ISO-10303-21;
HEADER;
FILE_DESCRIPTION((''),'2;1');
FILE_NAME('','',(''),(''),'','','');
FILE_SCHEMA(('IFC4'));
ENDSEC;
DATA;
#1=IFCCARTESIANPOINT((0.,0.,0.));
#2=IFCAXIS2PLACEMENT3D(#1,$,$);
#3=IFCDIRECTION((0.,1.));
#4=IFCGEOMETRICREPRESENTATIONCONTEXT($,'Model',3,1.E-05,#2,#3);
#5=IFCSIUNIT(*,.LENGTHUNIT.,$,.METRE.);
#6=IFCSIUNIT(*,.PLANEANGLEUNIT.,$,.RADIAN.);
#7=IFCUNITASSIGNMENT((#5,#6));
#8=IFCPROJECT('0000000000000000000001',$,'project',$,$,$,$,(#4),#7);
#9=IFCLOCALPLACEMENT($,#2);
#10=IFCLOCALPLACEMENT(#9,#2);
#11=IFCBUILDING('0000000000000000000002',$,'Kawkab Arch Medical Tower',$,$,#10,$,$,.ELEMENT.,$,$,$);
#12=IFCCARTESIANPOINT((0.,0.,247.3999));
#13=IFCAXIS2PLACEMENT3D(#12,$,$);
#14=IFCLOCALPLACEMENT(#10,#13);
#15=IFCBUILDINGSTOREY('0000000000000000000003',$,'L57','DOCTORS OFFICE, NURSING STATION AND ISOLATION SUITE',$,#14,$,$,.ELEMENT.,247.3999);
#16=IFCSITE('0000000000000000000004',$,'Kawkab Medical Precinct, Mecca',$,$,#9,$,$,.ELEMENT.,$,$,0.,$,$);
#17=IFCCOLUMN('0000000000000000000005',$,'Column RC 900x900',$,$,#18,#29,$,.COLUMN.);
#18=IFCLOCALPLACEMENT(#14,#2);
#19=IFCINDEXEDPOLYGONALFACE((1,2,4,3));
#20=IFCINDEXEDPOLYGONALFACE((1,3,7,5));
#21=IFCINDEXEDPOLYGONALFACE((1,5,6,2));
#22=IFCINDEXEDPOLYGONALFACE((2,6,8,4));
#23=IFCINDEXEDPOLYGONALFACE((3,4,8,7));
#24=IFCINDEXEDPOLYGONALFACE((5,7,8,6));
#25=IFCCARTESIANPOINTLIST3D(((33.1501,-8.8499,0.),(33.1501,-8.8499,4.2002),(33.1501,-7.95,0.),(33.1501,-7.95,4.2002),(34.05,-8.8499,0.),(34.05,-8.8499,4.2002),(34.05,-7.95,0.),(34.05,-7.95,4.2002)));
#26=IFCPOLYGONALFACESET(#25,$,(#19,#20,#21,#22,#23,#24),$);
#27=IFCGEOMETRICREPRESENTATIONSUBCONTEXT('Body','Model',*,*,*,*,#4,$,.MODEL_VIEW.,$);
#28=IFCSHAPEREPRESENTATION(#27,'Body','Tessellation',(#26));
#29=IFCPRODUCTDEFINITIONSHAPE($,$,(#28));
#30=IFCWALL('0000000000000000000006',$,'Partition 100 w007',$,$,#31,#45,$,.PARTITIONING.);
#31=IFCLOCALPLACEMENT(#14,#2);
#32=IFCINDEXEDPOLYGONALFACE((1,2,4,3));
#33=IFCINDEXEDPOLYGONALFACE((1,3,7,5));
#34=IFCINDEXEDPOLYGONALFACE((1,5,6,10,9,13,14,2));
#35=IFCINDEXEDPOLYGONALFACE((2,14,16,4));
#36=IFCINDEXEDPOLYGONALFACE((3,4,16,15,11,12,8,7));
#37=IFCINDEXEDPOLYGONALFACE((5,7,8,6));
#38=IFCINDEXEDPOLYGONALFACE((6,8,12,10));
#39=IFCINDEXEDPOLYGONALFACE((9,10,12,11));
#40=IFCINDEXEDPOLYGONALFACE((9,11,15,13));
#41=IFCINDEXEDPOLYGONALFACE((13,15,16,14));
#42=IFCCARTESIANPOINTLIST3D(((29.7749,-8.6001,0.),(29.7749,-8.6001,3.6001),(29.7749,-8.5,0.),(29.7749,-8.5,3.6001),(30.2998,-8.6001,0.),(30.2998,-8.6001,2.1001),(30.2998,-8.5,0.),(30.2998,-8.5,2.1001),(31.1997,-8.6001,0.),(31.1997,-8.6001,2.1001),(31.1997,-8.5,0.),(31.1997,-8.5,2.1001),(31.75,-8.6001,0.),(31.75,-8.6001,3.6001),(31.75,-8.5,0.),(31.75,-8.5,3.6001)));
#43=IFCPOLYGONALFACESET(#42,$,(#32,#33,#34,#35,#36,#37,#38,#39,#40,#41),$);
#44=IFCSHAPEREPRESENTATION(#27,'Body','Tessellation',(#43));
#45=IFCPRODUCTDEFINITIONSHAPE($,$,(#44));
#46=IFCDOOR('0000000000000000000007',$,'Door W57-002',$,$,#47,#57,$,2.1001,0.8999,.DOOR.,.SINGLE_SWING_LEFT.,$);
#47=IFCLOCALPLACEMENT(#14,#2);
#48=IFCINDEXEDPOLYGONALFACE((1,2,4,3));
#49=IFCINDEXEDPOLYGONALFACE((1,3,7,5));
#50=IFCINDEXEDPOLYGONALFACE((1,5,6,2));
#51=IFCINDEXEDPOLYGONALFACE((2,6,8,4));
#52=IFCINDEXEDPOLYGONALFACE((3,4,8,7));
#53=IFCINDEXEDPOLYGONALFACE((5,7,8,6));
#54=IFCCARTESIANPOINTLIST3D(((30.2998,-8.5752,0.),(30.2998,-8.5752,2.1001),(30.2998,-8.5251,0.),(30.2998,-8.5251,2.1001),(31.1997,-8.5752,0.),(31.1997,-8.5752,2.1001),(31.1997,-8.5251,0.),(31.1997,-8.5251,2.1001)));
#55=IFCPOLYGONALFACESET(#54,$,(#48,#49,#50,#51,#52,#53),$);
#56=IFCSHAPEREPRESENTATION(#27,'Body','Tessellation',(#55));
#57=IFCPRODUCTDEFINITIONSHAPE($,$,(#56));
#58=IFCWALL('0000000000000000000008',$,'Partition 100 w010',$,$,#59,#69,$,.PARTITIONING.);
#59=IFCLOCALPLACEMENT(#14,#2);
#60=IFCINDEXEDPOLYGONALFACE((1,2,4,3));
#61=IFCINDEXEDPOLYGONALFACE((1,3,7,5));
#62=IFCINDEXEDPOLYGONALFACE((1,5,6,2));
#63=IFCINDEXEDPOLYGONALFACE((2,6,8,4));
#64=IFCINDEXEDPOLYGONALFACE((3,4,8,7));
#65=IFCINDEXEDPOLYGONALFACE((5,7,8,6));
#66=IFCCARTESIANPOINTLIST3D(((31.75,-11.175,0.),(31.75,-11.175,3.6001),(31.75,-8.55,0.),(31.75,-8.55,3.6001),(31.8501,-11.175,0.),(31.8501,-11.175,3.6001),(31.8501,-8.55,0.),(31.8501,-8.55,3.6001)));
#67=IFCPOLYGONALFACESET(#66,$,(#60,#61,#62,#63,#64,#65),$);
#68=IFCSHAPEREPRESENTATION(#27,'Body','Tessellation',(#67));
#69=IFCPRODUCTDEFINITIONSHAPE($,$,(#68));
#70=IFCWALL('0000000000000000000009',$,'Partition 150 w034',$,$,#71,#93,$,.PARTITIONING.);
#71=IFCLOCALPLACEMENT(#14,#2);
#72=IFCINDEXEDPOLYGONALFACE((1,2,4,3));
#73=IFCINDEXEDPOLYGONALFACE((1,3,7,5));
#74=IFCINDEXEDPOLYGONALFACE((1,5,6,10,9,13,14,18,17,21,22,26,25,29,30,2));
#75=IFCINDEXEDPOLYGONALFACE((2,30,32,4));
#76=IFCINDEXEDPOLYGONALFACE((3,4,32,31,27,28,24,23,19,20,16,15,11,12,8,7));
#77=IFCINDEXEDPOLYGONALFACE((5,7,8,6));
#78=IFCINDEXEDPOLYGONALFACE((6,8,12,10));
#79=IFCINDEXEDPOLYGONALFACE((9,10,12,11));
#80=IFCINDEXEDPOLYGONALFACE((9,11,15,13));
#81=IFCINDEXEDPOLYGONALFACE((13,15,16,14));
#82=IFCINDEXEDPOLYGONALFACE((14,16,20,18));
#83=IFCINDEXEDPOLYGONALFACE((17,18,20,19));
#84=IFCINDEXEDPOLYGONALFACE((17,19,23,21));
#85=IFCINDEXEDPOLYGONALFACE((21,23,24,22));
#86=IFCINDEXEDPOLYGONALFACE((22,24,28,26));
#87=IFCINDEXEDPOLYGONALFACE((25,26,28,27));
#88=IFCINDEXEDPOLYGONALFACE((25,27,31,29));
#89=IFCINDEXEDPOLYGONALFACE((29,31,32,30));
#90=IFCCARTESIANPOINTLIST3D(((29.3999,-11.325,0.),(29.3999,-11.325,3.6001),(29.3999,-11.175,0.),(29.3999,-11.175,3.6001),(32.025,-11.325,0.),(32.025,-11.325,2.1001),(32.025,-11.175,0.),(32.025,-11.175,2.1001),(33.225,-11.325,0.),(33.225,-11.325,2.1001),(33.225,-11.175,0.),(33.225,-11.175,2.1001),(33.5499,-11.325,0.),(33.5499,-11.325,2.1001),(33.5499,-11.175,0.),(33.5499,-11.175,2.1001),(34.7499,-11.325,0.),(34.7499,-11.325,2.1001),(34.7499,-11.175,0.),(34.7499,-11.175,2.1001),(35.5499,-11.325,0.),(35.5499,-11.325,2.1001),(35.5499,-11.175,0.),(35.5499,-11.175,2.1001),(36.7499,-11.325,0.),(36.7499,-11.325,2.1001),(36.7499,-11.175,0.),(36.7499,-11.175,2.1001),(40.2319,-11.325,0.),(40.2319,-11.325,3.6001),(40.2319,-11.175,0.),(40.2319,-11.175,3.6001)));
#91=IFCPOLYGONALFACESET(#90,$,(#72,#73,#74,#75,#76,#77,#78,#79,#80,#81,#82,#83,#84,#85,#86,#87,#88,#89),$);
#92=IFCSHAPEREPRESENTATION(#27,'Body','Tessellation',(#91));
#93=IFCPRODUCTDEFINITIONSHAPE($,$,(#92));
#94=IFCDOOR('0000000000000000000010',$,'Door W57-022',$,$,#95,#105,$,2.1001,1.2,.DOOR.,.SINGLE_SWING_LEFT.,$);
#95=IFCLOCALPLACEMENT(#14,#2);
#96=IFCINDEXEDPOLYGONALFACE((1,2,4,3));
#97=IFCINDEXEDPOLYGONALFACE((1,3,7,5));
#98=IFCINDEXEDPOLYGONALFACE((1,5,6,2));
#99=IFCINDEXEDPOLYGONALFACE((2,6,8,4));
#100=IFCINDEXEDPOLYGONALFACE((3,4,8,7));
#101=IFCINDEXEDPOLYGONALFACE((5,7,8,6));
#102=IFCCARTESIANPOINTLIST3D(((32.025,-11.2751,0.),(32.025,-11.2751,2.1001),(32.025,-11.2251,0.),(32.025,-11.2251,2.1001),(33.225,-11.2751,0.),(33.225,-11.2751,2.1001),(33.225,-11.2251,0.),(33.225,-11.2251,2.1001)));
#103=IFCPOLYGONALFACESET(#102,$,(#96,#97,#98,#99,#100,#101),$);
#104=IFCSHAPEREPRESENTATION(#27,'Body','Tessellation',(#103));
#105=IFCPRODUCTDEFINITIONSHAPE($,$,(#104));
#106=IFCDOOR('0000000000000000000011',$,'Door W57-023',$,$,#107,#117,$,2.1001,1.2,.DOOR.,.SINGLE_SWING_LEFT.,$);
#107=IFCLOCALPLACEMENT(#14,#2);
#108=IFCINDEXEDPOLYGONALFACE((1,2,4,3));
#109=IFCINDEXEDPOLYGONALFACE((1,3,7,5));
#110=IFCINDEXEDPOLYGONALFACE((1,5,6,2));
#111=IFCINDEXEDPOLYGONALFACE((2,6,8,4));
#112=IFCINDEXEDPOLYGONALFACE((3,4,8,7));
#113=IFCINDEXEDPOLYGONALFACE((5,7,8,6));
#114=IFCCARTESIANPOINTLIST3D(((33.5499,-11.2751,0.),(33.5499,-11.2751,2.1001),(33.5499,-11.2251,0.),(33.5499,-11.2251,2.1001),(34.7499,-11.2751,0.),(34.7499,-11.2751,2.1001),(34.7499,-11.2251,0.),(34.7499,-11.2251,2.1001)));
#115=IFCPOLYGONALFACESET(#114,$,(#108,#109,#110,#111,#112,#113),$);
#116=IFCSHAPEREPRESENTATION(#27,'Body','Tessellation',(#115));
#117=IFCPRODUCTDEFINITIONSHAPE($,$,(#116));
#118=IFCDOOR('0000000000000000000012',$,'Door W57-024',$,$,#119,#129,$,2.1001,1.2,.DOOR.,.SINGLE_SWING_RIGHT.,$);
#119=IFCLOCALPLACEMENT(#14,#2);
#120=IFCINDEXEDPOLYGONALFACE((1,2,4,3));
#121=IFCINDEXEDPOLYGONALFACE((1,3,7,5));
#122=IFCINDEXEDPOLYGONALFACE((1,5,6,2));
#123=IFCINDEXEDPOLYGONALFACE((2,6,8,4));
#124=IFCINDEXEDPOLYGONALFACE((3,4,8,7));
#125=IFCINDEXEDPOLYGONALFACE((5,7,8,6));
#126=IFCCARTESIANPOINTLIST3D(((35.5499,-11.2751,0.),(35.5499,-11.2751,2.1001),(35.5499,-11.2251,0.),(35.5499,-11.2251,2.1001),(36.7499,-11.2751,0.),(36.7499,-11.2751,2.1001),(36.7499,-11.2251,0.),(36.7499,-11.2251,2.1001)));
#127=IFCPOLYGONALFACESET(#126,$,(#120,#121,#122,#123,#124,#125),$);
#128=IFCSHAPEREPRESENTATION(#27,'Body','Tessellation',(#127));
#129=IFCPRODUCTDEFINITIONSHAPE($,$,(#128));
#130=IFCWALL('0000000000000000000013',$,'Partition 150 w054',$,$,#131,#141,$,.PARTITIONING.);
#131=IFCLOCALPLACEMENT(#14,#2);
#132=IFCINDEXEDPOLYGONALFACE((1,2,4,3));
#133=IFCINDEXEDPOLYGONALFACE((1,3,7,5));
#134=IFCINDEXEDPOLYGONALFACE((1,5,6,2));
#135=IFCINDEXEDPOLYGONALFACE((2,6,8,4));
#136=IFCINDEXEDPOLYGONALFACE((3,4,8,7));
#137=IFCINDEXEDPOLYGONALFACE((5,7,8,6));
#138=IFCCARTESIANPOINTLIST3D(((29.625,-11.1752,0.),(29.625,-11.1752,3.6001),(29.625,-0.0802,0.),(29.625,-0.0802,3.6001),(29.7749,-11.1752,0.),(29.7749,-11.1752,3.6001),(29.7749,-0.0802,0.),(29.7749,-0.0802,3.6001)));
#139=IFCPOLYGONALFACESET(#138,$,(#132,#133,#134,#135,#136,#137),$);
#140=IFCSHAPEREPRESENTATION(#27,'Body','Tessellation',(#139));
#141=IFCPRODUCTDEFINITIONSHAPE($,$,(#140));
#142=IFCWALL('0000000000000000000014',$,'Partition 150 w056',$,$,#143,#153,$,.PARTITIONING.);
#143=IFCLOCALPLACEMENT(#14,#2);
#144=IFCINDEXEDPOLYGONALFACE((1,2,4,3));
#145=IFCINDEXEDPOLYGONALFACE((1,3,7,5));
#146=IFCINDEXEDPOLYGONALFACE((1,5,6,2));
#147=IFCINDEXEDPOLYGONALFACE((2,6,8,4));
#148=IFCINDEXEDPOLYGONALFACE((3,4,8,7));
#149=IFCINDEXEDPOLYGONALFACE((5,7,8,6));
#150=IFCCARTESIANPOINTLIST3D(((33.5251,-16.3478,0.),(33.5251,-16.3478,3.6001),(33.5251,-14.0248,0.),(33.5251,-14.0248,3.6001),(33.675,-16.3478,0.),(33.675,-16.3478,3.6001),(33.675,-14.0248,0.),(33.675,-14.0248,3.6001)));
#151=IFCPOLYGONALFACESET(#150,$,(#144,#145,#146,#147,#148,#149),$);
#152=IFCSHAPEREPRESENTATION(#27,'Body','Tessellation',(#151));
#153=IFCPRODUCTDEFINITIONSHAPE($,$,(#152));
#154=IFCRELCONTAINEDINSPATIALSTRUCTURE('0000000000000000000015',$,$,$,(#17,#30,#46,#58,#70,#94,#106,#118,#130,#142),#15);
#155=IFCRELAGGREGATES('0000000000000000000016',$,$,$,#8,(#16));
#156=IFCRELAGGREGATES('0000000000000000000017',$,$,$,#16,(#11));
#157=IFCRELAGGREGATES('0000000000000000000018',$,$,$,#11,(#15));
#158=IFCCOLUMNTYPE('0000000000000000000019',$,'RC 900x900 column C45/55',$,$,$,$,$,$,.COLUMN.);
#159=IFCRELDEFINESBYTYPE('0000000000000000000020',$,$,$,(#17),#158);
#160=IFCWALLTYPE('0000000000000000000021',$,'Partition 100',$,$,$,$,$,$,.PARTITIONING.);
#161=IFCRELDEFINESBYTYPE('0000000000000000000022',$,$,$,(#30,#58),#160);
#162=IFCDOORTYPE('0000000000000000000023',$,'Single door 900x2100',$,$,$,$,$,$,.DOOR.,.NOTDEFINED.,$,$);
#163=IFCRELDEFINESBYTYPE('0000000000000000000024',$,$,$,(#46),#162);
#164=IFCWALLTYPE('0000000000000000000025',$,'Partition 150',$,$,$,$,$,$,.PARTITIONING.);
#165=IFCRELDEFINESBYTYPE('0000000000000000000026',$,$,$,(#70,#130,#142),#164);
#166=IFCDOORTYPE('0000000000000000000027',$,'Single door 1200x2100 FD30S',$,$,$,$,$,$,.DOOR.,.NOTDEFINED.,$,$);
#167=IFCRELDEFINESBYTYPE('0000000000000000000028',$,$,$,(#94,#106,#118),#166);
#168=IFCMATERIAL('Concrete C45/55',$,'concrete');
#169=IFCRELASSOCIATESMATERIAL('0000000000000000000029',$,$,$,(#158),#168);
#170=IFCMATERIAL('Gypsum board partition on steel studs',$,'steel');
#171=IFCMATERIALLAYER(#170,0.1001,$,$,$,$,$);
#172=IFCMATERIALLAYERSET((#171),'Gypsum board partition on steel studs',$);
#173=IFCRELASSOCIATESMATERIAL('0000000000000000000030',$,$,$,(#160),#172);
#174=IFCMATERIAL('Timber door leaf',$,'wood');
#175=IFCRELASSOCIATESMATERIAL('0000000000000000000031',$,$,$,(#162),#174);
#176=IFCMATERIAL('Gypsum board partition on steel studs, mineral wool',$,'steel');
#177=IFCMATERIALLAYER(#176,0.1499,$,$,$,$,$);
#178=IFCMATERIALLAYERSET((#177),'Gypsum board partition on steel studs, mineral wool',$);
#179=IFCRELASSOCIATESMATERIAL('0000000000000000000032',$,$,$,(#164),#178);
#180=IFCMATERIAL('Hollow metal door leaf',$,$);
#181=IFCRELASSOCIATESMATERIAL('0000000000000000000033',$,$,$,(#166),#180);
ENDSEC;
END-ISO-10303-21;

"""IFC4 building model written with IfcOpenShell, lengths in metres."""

from ifc_helpers import new_model, si_unit, direction, frame, frame_2d, origin, origin_2d, place, context, subcontext, project, spatial, rectangle, extrude, material, layer, layer_set, material_profile, profile_set, type_object, element, fill, save


model = new_model("IFC4")

# Units and contexts
model_context = context("Model", 3, precision=1e-05, world=origin(), true_north=direction((0.0, 1.0)))
body_context = subcontext(model_context, "Body", "Model", "MODEL_VIEW")
ifc_project = project(units=[si_unit("LENGTHUNIT", "METRE"), si_unit("PLANEANGLEUNIT", "RADIAN")], contexts=[model_context])

# Site, building, storey
site_placement = place(None, origin())
site = spatial("IfcSite", under=ifc_project, at=site_placement, Name="Kawkab Medical Precinct, Mecca", CompositionType="ELEMENT", RefElevation=0.0)
building_placement = place(site_placement, origin())
building = spatial("IfcBuilding", under=site, at=building_placement, Name="Kawkab Arch Medical Tower", CompositionType="ELEMENT")
storey_placement = place(building_placement, frame((0.0, 0.0, 247.3999)))
storey = spatial("IfcBuildingStorey", under=building, at=storey_placement, Name="L57", Description="DOCTORS OFFICE, NURSING STATION AND ISOLATION SUITE", CompositionType="ELEMENT", Elevation=247.3999)

# Column
ifc_material_1 = material(Name="Concrete C45/55", Category="concrete")
ifc_material_profile = material_profile(ifc_material_1, rectangle(XDim=0.8999, YDim=0.8999, at=origin_2d()), Name="RC 900x900")
ifc_profile_set = profile_set([ifc_material_profile], Name="Concrete C45/55")
column_type = type_object("IfcColumnType", Name="RC 900x900 column C45/55", PredefinedType="COLUMN", material=ifc_profile_set)
column_placement = place(storey_placement, frame((33.6001, -8.3999, 0.0), z_axis=(0.0, 0.0, 1.0), x_axis=(1.0, 0.0, 0.0)))
element("IfcColumn", 1, at=column_placement, inside=storey, type_object=column_type, Name="Column RC 900x900", PredefinedType="COLUMN", context=body_context, shape_type="SweptSolid", body=[
    extrude(rectangle(XDim=0.8999, YDim=0.8999, at=origin_2d()), origin(), (0.0, 0.0, 1.0), 4.2002),
])

# Wall, opening, door
ifc_material_2 = material(Name="Gypsum board partition on steel studs", Category="steel")
ifc_layer_1 = layer(ifc_material_2, 0.1001)
ifc_layer_set_1 = layer_set([ifc_layer_1], Name="Gypsum board partition on steel studs")
wall_type_1 = type_object("IfcWallType", Name="Partition 100", PredefinedType="PARTITIONING", material=ifc_layer_set_1)
wall_1_placement = place(storey_placement, frame((29.7749, -8.55, 0.0), z_axis=(0.0, 0.0, 1.0), x_axis=(1.0, 0.0, 0.0)))
wall_1 = element("IfcWall", 2, at=wall_1_placement, inside=storey, type_object=wall_type_1, Name="Partition 100 w007", PredefinedType="PARTITIONING", context=body_context, shape_type="SweptSolid", body=[
    extrude(rectangle(XDim=1.9751, YDim=0.1001, at=frame_2d((0.9875, 0.0))), origin(), (0.0, 0.0, 1.0), 3.6001),
])
opening_1_placement = place(wall_1_placement, frame((0.5249, 0.0, 0.0)))
opening_1 = element("IfcOpeningElement", 3, at=opening_1_placement, cuts=wall_1, PredefinedType="OPENING", context=body_context, shape_type="SweptSolid", body=[
    extrude(rectangle(XDim=0.8999, YDim=2.1001, at=frame_2d((0.45, 1.05))), frame((0.0, 0.0601, 0.0), z_axis=(0.0, -1.0, 0.0), x_axis=(1.0, 0.0, 0.0)), (0.0, 0.0, 1.0), 0.1201),
])
ifc_material_3 = material(Name="Timber door leaf", Category="wood")
door_type_1 = type_object("IfcDoorType", Name="Single door 900x2100", OperationType="NOTDEFINED", PredefinedType="DOOR", material=ifc_material_3)
door_1_placement = place(opening_1_placement, origin())
door_1 = element("IfcDoor", 4, at=door_1_placement, inside=storey, type_object=door_type_1, Name="Door W57-002", OperationType="SINGLE_SWING_LEFT", OverallHeight=2.1001, OverallWidth=0.8999, PredefinedType="DOOR", context=body_context, shape_type="SweptSolid", body=[
    extrude(rectangle(XDim=0.8999, YDim=2.1001, at=frame_2d((0.45, 1.05))), frame((0.0, 0.0249, 0.0), z_axis=(0.0, -1.0, 0.0), x_axis=(1.0, 0.0, 0.0)), (0.0, 0.0, 1.0), 0.05),
])
fill(opening_1, door_1)

# Wall
wall_2_placement = place(storey_placement, frame((31.8, -11.175, 0.0), z_axis=(0.0, 0.0, 1.0), x_axis=(0.0, 1.0, 0.0)))
element("IfcWall", 5, at=wall_2_placement, inside=storey, type_object=wall_type_1, Name="Partition 100 w010", PredefinedType="PARTITIONING", context=body_context, shape_type="SweptSolid", body=[
    extrude(rectangle(XDim=2.625, YDim=0.1001, at=frame_2d((1.3125, 0.0))), origin(), (0.0, 0.0, 1.0), 3.6001),
])

# Wall, openings, doors
ifc_material_4 = material(Name="Gypsum board partition on steel studs, mineral wool", Category="steel")
ifc_layer_2 = layer(ifc_material_4, 0.1499)
ifc_layer_set_2 = layer_set([ifc_layer_2], Name="Gypsum board partition on steel studs, mineral wool")
wall_type_2 = type_object("IfcWallType", Name="Partition 150", PredefinedType="PARTITIONING", material=ifc_layer_set_2)
wall_3_placement = place(storey_placement, frame((29.3999, -11.25, 0.0), z_axis=(0.0, 0.0, 1.0), x_axis=(1.0, 0.0, 0.0)))
wall_3 = element("IfcWall", 6, at=wall_3_placement, inside=storey, type_object=wall_type_2, Name="Partition 150 w034", PredefinedType="PARTITIONING", context=body_context, shape_type="SweptSolid", body=[
    extrude(rectangle(XDim=10.832, YDim=0.1499, at=frame_2d((5.416, 0.0))), origin(), (0.0, 0.0, 1.0), 3.6001),
])
opening_2_placement = place(wall_3_placement, frame((2.625, 0.0, 0.0)))
opening_2 = element("IfcOpeningElement", 7, at=opening_2_placement, cuts=wall_3, PredefinedType="OPENING", context=body_context, shape_type="SweptSolid", body=[
    extrude(rectangle(XDim=1.2, YDim=2.1001, at=frame_2d((0.6001, 1.05))), frame((0.0, 0.085, 0.0), z_axis=(0.0, -1.0, 0.0), x_axis=(1.0, 0.0, 0.0)), (0.0, 0.0, 1.0), 0.1699),
])
opening_3_placement = place(wall_3_placement, frame((4.1499, 0.0, 0.0)))
opening_3 = element("IfcOpeningElement", 8, at=opening_3_placement, cuts=wall_3, PredefinedType="OPENING", context=body_context, shape_type="SweptSolid", body=[
    extrude(rectangle(XDim=1.2, YDim=2.1001, at=frame_2d((0.6001, 1.05))), frame((0.0, 0.085, 0.0), z_axis=(0.0, -1.0, 0.0), x_axis=(1.0, 0.0, 0.0)), (0.0, 0.0, 1.0), 0.1699),
])
opening_4_placement = place(wall_3_placement, frame((6.1499, 0.0, 0.0)))
opening_4 = element("IfcOpeningElement", 9, at=opening_4_placement, cuts=wall_3, PredefinedType="OPENING", context=body_context, shape_type="SweptSolid", body=[
    extrude(rectangle(XDim=1.2, YDim=2.1001, at=frame_2d((0.6001, 1.05))), frame((0.0, 0.085, 0.0), z_axis=(0.0, -1.0, 0.0), x_axis=(1.0, 0.0, 0.0)), (0.0, 0.0, 1.0), 0.1699),
])
ifc_material_5 = material(Name="Hollow metal door leaf")
door_type_2 = type_object("IfcDoorType", Name="Single door 1200x2100 FD30S", OperationType="NOTDEFINED", PredefinedType="DOOR", material=ifc_material_5)
door_2_placement = place(opening_2_placement, origin())
door_2 = element("IfcDoor", 10, at=door_2_placement, inside=storey, type_object=door_type_2, Name="Door W57-022", OperationType="SINGLE_SWING_LEFT", OverallHeight=2.1001, OverallWidth=1.2, PredefinedType="DOOR", context=body_context, shape_type="SweptSolid", body=[
    extrude(rectangle(XDim=1.2, YDim=2.1001, at=frame_2d((0.6001, 1.05))), frame((0.0, 0.0249, 0.0), z_axis=(0.0, -1.0, 0.0), x_axis=(1.0, 0.0, 0.0)), (0.0, 0.0, 1.0), 0.05),
])
fill(opening_2, door_2)
door_3_placement = place(opening_3_placement, origin())
door_3 = element("IfcDoor", 11, at=door_3_placement, inside=storey, type_object=door_type_2, Name="Door W57-023", OperationType="SINGLE_SWING_LEFT", OverallHeight=2.1001, OverallWidth=1.2, PredefinedType="DOOR", context=body_context, shape_type="SweptSolid", body=[
    extrude(rectangle(XDim=1.2, YDim=2.1001, at=frame_2d((0.6001, 1.05))), frame((0.0, 0.0249, 0.0), z_axis=(0.0, -1.0, 0.0), x_axis=(1.0, 0.0, 0.0)), (0.0, 0.0, 1.0), 0.05),
])
fill(opening_3, door_3)
door_4_placement = place(opening_4_placement, origin())
door_4 = element("IfcDoor", 12, at=door_4_placement, inside=storey, type_object=door_type_2, Name="Door W57-024", OperationType="SINGLE_SWING_RIGHT", OverallHeight=2.1001, OverallWidth=1.2, PredefinedType="DOOR", context=body_context, shape_type="SweptSolid", body=[
    extrude(rectangle(XDim=1.2, YDim=2.1001, at=frame_2d((0.6001, 1.05))), frame((0.0, 0.0249, 0.0), z_axis=(0.0, -1.0, 0.0), x_axis=(1.0, 0.0, 0.0)), (0.0, 0.0, 1.0), 0.05),
])
fill(opening_4, door_4)

# Walls
wall_4_placement = place(storey_placement, frame((29.7, -11.175, 0.0), z_axis=(0.0, 0.0, 1.0), x_axis=(0.0, 1.0, 0.0)))
element("IfcWall", 13, at=wall_4_placement, inside=storey, type_object=wall_type_2, Name="Partition 150 w054", PredefinedType="PARTITIONING", context=body_context, shape_type="SweptSolid", body=[
    extrude(rectangle(XDim=11.095, YDim=0.1499, at=frame_2d((5.5474, 0.0))), origin(), (0.0, 0.0, 1.0), 3.6001),
])
wall_5_placement = place(storey_placement, frame((33.6001, -16.3479, 0.0), z_axis=(0.0, 0.0, 1.0), x_axis=(0.0, 1.0, 0.0)))
element("IfcWall", 14, at=wall_5_placement, inside=storey, type_object=wall_type_2, Name="Partition 150 w056", PredefinedType="PARTITIONING", context=body_context, shape_type="SweptSolid", body=[
    extrude(rectangle(XDim=2.323, YDim=0.1499, at=frame_2d((1.1616, 0.0))), origin(), (0.0, 0.0, 1.0), 3.6001),
])

save(model, "model.ifc")
